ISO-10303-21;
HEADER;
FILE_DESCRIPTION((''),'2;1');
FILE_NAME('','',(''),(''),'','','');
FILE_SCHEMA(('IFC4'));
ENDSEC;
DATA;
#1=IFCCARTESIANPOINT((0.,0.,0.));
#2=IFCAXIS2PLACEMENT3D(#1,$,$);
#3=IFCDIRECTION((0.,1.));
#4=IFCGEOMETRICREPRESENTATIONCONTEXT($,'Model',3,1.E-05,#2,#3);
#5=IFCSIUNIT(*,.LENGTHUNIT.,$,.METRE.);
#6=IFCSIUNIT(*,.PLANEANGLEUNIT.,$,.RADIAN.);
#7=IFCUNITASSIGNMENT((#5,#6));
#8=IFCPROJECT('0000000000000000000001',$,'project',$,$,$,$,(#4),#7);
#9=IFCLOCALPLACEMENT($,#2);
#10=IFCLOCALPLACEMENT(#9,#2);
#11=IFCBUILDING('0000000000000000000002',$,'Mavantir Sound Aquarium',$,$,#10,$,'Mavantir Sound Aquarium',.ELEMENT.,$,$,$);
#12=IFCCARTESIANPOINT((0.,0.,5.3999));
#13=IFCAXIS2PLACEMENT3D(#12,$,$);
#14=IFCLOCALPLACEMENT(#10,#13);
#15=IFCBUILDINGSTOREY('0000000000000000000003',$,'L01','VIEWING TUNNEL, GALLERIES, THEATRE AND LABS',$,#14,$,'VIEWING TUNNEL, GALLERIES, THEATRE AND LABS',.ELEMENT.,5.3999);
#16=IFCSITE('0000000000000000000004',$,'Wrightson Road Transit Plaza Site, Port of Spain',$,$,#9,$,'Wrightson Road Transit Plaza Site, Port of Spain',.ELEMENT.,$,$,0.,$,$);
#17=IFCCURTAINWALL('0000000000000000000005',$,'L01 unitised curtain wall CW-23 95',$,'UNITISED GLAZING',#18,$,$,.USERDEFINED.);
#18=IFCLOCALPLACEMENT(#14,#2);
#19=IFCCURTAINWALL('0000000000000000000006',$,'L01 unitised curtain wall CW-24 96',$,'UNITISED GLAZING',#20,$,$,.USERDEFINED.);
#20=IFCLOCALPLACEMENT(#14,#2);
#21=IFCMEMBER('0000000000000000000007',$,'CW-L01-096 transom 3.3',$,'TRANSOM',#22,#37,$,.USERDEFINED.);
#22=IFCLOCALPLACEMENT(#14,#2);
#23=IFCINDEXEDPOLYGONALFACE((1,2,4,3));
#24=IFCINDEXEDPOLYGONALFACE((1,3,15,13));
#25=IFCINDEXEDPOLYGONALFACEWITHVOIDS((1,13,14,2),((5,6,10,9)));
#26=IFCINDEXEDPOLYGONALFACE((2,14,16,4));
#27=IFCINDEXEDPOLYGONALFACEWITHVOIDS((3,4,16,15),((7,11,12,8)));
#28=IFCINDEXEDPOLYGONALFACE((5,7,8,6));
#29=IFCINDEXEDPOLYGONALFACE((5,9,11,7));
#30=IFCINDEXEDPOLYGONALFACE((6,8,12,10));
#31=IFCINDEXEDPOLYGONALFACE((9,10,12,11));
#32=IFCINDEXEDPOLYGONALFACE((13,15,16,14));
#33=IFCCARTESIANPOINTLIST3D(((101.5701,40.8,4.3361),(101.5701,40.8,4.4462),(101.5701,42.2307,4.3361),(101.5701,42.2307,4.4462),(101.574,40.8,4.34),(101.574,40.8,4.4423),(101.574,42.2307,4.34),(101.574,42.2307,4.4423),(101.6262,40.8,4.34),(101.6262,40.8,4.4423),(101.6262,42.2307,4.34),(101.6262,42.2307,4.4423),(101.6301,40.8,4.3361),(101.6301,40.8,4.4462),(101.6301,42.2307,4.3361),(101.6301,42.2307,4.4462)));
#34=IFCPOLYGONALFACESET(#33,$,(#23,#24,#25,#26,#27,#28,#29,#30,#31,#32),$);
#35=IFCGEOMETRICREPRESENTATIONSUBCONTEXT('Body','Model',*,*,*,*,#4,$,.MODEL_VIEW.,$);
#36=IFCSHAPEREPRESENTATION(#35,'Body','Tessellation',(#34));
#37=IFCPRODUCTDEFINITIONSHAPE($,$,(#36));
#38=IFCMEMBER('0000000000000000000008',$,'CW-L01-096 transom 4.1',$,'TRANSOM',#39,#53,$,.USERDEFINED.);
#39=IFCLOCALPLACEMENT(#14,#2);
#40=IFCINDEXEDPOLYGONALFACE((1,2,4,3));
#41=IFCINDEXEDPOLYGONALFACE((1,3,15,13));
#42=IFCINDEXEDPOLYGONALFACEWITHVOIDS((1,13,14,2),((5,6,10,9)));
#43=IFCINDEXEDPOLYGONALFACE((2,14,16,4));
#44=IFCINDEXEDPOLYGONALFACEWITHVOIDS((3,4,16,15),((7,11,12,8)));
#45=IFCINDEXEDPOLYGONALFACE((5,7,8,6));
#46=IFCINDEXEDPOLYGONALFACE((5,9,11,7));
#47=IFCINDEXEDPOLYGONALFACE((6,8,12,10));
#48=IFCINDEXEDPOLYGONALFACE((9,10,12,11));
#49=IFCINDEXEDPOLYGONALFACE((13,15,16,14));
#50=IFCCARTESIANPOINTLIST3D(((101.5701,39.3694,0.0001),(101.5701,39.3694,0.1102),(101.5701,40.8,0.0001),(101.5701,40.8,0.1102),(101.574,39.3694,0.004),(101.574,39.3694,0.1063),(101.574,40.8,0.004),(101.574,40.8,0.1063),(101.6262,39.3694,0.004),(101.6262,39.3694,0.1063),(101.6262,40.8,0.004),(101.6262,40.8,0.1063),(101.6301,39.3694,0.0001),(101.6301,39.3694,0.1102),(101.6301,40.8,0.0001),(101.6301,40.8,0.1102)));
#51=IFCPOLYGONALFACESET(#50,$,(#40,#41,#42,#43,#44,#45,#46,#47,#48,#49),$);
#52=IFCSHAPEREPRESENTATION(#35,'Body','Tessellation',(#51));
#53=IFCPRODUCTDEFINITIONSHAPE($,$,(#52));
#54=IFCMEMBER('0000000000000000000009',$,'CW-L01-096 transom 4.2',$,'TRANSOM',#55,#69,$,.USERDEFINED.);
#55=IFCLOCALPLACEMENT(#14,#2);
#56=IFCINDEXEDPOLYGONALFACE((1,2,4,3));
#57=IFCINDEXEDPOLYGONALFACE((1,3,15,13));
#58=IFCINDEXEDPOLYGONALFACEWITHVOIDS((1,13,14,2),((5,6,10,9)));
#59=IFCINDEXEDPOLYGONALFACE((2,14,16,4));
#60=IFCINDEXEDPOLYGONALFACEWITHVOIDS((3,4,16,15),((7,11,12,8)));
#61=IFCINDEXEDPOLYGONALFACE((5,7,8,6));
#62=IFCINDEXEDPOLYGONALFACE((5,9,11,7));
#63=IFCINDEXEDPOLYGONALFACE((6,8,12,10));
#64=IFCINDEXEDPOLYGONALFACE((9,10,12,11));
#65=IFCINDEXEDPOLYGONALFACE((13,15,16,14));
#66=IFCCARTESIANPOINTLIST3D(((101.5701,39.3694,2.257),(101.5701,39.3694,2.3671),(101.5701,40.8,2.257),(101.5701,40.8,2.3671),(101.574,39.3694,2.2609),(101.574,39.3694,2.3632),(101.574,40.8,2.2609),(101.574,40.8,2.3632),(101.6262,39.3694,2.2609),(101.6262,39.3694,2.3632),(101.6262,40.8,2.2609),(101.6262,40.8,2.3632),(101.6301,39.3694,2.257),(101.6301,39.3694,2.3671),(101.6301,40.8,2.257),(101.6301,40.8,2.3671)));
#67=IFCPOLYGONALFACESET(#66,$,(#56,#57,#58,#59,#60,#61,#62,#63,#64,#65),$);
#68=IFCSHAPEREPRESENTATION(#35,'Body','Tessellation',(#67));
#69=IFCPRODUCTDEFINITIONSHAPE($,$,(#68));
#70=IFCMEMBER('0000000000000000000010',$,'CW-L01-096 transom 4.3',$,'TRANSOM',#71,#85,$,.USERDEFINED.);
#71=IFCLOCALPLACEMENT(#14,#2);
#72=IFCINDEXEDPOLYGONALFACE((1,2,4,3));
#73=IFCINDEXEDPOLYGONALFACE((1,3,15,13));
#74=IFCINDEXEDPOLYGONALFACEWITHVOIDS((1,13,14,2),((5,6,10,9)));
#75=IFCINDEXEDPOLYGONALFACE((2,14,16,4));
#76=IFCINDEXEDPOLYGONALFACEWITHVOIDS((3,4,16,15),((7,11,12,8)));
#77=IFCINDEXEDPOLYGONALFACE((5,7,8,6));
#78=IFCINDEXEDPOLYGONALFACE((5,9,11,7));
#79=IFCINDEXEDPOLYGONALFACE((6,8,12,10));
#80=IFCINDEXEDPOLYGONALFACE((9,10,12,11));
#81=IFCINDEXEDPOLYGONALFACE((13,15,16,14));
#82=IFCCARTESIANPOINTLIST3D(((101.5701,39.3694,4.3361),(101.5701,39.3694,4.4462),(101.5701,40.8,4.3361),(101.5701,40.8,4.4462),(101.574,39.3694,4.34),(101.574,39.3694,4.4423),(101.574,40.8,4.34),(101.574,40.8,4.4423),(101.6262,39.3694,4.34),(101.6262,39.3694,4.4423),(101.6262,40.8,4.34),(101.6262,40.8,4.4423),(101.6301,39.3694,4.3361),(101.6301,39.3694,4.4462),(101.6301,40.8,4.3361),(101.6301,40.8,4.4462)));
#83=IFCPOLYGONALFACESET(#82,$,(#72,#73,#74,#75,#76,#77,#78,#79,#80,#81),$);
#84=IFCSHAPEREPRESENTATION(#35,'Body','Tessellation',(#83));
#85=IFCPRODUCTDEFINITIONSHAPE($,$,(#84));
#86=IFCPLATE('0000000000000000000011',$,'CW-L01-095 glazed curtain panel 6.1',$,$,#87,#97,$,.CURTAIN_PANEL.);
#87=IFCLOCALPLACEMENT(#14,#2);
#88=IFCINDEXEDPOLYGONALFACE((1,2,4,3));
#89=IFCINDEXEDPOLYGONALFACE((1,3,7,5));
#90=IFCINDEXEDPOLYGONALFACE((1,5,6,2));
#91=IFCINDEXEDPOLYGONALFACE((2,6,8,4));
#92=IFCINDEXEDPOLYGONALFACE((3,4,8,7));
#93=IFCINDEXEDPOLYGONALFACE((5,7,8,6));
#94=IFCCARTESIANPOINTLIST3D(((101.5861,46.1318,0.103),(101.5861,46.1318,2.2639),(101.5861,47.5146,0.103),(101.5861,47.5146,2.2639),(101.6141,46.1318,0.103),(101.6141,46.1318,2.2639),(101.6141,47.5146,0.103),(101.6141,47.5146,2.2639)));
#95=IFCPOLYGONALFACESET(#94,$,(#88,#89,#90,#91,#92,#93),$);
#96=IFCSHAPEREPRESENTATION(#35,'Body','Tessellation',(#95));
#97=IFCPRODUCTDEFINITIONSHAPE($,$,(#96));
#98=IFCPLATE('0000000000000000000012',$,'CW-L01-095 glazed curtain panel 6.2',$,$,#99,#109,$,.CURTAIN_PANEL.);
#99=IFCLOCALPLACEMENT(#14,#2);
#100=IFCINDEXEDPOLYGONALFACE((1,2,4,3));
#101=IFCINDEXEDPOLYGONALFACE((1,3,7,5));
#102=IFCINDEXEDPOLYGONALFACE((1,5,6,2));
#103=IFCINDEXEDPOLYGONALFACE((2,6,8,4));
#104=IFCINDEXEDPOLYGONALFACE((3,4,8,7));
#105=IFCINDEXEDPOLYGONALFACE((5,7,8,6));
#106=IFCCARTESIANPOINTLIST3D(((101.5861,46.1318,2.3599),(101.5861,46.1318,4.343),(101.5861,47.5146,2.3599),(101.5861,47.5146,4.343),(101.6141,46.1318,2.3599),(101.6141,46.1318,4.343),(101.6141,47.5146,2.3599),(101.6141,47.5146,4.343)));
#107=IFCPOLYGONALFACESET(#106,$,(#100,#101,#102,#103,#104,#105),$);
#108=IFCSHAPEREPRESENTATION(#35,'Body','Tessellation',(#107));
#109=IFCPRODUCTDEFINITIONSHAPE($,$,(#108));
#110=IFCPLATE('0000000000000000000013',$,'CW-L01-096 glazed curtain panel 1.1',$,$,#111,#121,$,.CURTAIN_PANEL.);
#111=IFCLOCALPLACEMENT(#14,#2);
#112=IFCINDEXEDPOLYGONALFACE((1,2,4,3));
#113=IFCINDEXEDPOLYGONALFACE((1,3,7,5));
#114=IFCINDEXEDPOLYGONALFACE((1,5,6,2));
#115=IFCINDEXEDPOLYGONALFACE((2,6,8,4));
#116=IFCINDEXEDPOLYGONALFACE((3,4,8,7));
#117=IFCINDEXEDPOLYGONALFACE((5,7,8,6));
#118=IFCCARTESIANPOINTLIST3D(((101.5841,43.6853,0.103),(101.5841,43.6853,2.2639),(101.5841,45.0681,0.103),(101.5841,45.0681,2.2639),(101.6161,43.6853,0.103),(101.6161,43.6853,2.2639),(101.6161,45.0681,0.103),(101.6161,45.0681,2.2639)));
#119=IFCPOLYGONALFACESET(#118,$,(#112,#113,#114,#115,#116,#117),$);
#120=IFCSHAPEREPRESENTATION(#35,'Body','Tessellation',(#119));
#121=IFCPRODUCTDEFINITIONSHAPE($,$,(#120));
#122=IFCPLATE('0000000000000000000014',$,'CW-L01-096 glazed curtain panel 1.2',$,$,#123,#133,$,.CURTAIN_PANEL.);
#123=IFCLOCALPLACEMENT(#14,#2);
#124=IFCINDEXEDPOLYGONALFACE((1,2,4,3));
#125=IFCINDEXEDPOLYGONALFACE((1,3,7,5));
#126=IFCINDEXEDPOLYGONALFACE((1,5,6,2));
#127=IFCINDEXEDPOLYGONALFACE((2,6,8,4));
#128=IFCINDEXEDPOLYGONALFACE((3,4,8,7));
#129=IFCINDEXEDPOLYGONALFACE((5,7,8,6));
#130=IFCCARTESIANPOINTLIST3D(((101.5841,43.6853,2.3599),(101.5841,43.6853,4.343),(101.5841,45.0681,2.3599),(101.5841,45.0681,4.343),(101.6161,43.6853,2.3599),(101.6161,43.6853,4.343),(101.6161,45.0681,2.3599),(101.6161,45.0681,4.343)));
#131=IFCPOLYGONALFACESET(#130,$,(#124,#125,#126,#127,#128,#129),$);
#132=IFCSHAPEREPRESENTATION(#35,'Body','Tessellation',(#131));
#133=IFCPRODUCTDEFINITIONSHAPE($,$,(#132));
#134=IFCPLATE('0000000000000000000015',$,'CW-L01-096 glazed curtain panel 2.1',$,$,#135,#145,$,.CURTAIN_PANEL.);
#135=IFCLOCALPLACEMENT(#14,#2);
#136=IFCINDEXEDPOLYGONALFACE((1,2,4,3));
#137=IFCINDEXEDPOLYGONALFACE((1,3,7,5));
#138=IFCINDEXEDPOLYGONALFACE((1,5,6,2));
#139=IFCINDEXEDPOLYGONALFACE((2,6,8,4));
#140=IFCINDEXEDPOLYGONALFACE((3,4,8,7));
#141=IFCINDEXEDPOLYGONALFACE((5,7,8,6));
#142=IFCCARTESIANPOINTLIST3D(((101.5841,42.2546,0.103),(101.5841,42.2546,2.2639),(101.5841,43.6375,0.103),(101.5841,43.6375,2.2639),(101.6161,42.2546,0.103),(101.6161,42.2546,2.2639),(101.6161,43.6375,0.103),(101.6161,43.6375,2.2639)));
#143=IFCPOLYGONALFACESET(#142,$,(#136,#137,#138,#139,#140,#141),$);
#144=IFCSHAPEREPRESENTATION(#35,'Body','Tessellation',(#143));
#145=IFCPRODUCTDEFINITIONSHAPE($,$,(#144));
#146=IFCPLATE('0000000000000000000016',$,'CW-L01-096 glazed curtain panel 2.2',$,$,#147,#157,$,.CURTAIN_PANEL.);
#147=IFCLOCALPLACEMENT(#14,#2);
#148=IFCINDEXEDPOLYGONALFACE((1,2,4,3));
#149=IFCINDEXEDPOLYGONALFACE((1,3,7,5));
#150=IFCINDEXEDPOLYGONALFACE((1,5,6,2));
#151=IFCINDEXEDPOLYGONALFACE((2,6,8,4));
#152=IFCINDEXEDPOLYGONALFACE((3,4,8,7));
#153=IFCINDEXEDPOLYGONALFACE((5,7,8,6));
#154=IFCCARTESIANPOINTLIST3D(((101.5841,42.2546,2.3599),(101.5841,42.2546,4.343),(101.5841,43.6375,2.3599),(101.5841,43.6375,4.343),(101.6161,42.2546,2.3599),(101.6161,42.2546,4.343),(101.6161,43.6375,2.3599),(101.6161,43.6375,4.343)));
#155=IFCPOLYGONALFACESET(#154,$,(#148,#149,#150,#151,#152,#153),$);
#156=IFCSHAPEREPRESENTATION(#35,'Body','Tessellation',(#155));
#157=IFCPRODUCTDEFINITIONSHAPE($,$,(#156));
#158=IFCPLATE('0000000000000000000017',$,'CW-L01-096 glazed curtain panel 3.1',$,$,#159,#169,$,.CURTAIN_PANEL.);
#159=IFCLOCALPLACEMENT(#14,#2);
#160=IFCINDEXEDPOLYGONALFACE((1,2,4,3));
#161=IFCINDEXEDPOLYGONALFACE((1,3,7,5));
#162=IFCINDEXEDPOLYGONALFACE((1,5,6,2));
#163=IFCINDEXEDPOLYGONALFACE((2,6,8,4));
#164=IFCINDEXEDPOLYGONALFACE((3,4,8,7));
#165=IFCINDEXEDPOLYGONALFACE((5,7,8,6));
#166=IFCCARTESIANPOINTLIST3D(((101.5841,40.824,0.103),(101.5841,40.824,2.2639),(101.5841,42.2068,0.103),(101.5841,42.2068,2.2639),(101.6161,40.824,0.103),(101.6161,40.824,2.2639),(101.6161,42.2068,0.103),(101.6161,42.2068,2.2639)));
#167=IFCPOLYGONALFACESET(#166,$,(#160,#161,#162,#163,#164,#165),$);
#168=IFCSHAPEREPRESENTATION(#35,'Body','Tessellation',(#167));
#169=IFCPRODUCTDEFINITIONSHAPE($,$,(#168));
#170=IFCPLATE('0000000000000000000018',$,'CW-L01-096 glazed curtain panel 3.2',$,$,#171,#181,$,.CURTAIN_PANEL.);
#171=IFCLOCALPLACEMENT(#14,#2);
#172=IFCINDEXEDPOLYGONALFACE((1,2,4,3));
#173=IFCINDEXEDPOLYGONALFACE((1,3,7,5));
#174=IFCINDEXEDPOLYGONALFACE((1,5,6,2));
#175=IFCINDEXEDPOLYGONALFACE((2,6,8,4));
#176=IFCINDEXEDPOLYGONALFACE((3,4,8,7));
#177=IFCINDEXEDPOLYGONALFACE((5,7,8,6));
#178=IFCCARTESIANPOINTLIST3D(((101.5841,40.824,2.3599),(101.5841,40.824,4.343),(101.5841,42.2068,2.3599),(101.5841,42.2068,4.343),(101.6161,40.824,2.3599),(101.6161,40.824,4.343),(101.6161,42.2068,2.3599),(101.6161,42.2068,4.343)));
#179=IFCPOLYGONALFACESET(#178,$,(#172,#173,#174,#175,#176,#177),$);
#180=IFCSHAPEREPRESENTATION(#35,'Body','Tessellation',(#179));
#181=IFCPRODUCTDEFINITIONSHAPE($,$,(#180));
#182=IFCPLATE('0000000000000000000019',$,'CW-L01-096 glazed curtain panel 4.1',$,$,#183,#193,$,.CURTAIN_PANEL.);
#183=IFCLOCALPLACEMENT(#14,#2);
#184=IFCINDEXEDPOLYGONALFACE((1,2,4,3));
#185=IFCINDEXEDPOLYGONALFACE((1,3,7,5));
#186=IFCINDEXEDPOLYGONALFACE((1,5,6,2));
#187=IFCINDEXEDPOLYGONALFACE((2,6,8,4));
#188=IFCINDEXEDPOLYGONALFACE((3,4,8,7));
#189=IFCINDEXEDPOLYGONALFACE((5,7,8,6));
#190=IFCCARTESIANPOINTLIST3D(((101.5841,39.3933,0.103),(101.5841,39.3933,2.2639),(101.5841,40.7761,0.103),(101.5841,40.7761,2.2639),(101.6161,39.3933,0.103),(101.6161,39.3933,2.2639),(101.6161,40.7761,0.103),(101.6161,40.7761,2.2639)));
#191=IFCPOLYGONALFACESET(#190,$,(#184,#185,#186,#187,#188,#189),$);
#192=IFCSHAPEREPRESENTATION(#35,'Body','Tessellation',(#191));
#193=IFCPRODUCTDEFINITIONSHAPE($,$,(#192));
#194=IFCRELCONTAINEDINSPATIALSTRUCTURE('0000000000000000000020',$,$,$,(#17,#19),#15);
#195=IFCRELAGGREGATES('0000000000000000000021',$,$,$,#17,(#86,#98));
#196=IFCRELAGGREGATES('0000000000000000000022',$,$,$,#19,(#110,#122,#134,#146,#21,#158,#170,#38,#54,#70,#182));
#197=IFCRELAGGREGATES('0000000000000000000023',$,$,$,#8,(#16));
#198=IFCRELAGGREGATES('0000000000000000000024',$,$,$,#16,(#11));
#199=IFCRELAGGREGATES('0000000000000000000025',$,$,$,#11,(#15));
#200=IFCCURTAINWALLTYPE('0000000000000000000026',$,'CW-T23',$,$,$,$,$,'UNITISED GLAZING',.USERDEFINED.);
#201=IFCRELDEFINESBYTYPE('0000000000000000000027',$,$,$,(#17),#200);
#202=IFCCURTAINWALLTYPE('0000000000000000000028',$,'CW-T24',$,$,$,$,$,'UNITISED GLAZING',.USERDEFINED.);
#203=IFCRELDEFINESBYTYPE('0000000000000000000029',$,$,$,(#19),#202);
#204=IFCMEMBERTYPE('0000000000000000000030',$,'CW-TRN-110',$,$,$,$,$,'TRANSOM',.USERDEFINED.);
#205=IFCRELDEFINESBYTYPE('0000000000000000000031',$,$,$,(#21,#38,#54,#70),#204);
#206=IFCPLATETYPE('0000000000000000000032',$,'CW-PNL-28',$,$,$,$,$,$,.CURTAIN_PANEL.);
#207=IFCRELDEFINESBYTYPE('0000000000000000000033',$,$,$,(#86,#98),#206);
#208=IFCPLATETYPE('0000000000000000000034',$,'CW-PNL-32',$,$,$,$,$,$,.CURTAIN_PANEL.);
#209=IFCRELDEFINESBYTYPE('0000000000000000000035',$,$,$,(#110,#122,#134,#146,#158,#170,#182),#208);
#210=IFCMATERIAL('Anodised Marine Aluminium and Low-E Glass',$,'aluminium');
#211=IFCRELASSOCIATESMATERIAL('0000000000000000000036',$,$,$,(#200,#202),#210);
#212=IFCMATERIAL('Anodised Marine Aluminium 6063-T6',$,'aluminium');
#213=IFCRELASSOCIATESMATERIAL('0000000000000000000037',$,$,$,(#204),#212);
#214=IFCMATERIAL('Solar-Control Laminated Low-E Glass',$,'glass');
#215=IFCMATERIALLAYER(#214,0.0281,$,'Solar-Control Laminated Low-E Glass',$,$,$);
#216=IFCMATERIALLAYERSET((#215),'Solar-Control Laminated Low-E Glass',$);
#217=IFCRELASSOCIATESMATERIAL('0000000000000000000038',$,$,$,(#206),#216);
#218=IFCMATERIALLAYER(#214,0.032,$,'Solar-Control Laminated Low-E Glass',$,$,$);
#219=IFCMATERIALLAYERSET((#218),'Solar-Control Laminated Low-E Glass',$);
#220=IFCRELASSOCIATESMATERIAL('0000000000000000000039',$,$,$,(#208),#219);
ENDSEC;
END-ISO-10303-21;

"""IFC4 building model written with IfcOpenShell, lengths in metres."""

from ifc_helpers import new_model, si_unit, direction, frame, origin, origin_2d, place, context, subcontext, project, spatial, rectangle, hollow_rectangle, extrude, material, layer, layer_set, material_profile, profile_set, type_object, element, aggregate, save


model = new_model("IFC4")

# Units and contexts
model_context = context("Model", 3, precision=1e-05, world=origin(), true_north=direction((0.0, 1.0)))
body_context = subcontext(model_context, "Body", "Model", "MODEL_VIEW")
ifc_project = project(units=[si_unit("LENGTHUNIT", "METRE"), si_unit("PLANEANGLEUNIT", "RADIAN")], contexts=[model_context])

# Site, building, storey
site_placement = place(None, origin())
site = spatial("IfcSite", under=ifc_project, at=site_placement, Name="Wrightson Road Transit Plaza Site, Port of Spain", LongName="Wrightson Road Transit Plaza Site, Port of Spain", CompositionType="ELEMENT", RefElevation=0.0)
building_placement = place(site_placement, origin())
building = spatial("IfcBuilding", under=site, at=building_placement, Name="Mavantir Sound Aquarium", LongName="Mavantir Sound Aquarium", CompositionType="ELEMENT")
storey_placement = place(building_placement, frame((0.0, 0.0, 5.3999)))
storey = spatial("IfcBuildingStorey", under=building, at=storey_placement, Name="L01", Description="VIEWING TUNNEL, GALLERIES, THEATRE AND LABS", LongName="VIEWING TUNNEL, GALLERIES, THEATRE AND LABS", CompositionType="ELEMENT", Elevation=5.3999)

# Curtain wall
ifc_material_1 = material(Name="Anodised Marine Aluminium and Low-E Glass", Category="aluminium")
curtain_wall_type_1 = type_object("IfcCurtainWallType", Name="CW-T23", ElementType="UNITISED GLAZING", PredefinedType="USERDEFINED", material=ifc_material_1)
curtain_wall_1_placement = place(storey_placement, origin())
curtain_wall_1 = element("IfcCurtainWall", 1, at=curtain_wall_1_placement, inside=storey, type_object=curtain_wall_type_1, Name="L01 unitised curtain wall CW-23 95", ObjectType="UNITISED GLAZING", PredefinedType="USERDEFINED")
ifc_material_2 = material(Name="Anodised Marine Aluminium 6063-T6", Category="aluminium")

# Curtain wall, members
curtain_wall_type_2 = type_object("IfcCurtainWallType", Name="CW-T24", ElementType="UNITISED GLAZING", PredefinedType="USERDEFINED", material=ifc_material_1)
curtain_wall_2_placement = place(storey_placement, origin())
curtain_wall_2 = element("IfcCurtainWall", 2, at=curtain_wall_2_placement, inside=storey, type_object=curtain_wall_type_2, Name="L01 unitised curtain wall CW-24 96", ObjectType="UNITISED GLAZING", PredefinedType="USERDEFINED")
ifc_material_profile_1 = material_profile(ifc_material_2, hollow_rectangle(XDim=0.0601, YDim=0.1101, WallThickness=0.0039, at=origin_2d()), Name="ALU-TRANSOM-110X60")
ifc_profile_set_1 = profile_set([ifc_material_profile_1], Name="Anodised Marine Aluminium 6063-T6")
member_type_1 = type_object("IfcMemberType", Name="CW-TRN-110", ElementType="TRANSOM", PredefinedType="USERDEFINED", material=ifc_profile_set_1)
member_1_placement = place(storey_placement, frame((101.6001, 42.2307, 4.3911), z_axis=(0.0, -1.0, 0.0), x_axis=(1.0, 0.0, 0.0)))
member_1 = element("IfcMember", 3, at=member_1_placement, type_object=member_type_1, Name="CW-L01-096 transom 3.3", ObjectType="TRANSOM", PredefinedType="USERDEFINED", context=body_context, shape_type="SweptSolid", body=[
    extrude(hollow_rectangle(XDim=0.0601, YDim=0.1101, WallThickness=0.0039, at=origin_2d()), origin(), (0.0, 0.0, 1.0), 1.4307),
])
member_2_placement = place(storey_placement, frame((101.6001, 40.8, 0.0552), z_axis=(0.0, -1.0, 0.0), x_axis=(1.0, 0.0, 0.0)))
member_2 = element("IfcMember", 4, at=member_2_placement, type_object=member_type_1, Name="CW-L01-096 transom 4.1", ObjectType="TRANSOM", PredefinedType="USERDEFINED", context=body_context, shape_type="SweptSolid", body=[
    extrude(hollow_rectangle(XDim=0.0601, YDim=0.1101, WallThickness=0.0039, at=origin_2d()), origin(), (0.0, 0.0, 1.0), 1.4307),
])
member_3_placement = place(storey_placement, frame((101.6001, 40.8, 2.312), z_axis=(0.0, -1.0, 0.0), x_axis=(1.0, 0.0, 0.0)))
member_3 = element("IfcMember", 5, at=member_3_placement, type_object=member_type_1, Name="CW-L01-096 transom 4.2", ObjectType="TRANSOM", PredefinedType="USERDEFINED", context=body_context, shape_type="SweptSolid", body=[
    extrude(hollow_rectangle(XDim=0.0601, YDim=0.1101, WallThickness=0.0039, at=origin_2d()), origin(), (0.0, 0.0, 1.0), 1.4307),
])
member_4_placement = place(storey_placement, frame((101.6001, 40.8, 4.3911), z_axis=(0.0, -1.0, 0.0), x_axis=(1.0, 0.0, 0.0)))
member_4 = element("IfcMember", 6, at=member_4_placement, type_object=member_type_1, Name="CW-L01-096 transom 4.3", ObjectType="TRANSOM", PredefinedType="USERDEFINED", context=body_context, shape_type="SweptSolid", body=[
    extrude(hollow_rectangle(XDim=0.0601, YDim=0.1101, WallThickness=0.0039, at=origin_2d()), origin(), (0.0, 0.0, 1.0), 1.4307),
])

# Plates
ifc_material_3 = material(Name="Solar-Control Laminated Low-E Glass", Category="glass")
ifc_layer_1 = layer(ifc_material_3, 0.0281, Name="Solar-Control Laminated Low-E Glass")
ifc_layer_set_1 = layer_set([ifc_layer_1], Name="Solar-Control Laminated Low-E Glass")
plate_type_1 = type_object("IfcPlateType", Name="CW-PNL-28", PredefinedType="CURTAIN_PANEL", material=ifc_layer_set_1)
plate_1_placement = place(storey_placement, frame((101.6001, 46.8232, 0.103), z_axis=(0.0, 0.0, 1.0), x_axis=(0.0, -1.0, 0.0)))
plate_1 = element("IfcPlate", 7, at=plate_1_placement, type_object=plate_type_1, Name="CW-L01-095 glazed curtain panel 6.1", PredefinedType="CURTAIN_PANEL", context=body_context, shape_type="SweptSolid", body=[
    extrude(rectangle(XDim=1.3828, YDim=0.0281, at=origin_2d()), origin(), (0.0, 0.0, 1.0), 2.1609),
])
plate_2_placement = place(storey_placement, frame((101.6001, 46.8232, 2.3599), z_axis=(0.0, 0.0, 1.0), x_axis=(0.0, -1.0, 0.0)))
plate_2 = element("IfcPlate", 8, at=plate_2_placement, type_object=plate_type_1, Name="CW-L01-095 glazed curtain panel 6.2", PredefinedType="CURTAIN_PANEL", context=body_context, shape_type="SweptSolid", body=[
    extrude(rectangle(XDim=1.3828, YDim=0.0281, at=origin_2d()), origin(), (0.0, 0.0, 1.0), 1.9832),
])
aggregate(curtain_wall_1, [plate_1, plate_2])
ifc_layer_2 = layer(ifc_material_3, 0.032, Name="Solar-Control Laminated Low-E Glass")
ifc_layer_set_2 = layer_set([ifc_layer_2], Name="Solar-Control Laminated Low-E Glass")
plate_type_2 = type_object("IfcPlateType", Name="CW-PNL-32", PredefinedType="CURTAIN_PANEL", material=ifc_layer_set_2)
plate_3_placement = place(storey_placement, frame((101.6001, 44.3767, 0.103), z_axis=(0.0, 0.0, 1.0), x_axis=(0.0, -1.0, 0.0)))
plate_3 = element("IfcPlate", 9, at=plate_3_placement, type_object=plate_type_2, Name="CW-L01-096 glazed curtain panel 1.1", PredefinedType="CURTAIN_PANEL", context=body_context, shape_type="SweptSolid", body=[
    extrude(rectangle(XDim=1.3828, YDim=0.032, at=origin_2d()), origin(), (0.0, 0.0, 1.0), 2.1609),
])
plate_4_placement = place(storey_placement, frame((101.6001, 44.3767, 2.3599), z_axis=(0.0, 0.0, 1.0), x_axis=(0.0, -1.0, 0.0)))
plate_4 = element("IfcPlate", 10, at=plate_4_placement, type_object=plate_type_2, Name="CW-L01-096 glazed curtain panel 1.2", PredefinedType="CURTAIN_PANEL", context=body_context, shape_type="SweptSolid", body=[
    extrude(rectangle(XDim=1.3828, YDim=0.032, at=origin_2d()), origin(), (0.0, 0.0, 1.0), 1.9832),
])
plate_5_placement = place(storey_placement, frame((101.6001, 42.946, 0.103), z_axis=(0.0, 0.0, 1.0), x_axis=(0.0, -1.0, 0.0)))
plate_5 = element("IfcPlate", 11, at=plate_5_placement, type_object=plate_type_2, Name="CW-L01-096 glazed curtain panel 2.1", PredefinedType="CURTAIN_PANEL", context=body_context, shape_type="SweptSolid", body=[
    extrude(rectangle(XDim=1.3828, YDim=0.032, at=origin_2d()), origin(), (0.0, 0.0, 1.0), 2.1609),
])
plate_6_placement = place(storey_placement, frame((101.6001, 42.946, 2.3599), z_axis=(0.0, 0.0, 1.0), x_axis=(0.0, -1.0, 0.0)))
plate_6 = element("IfcPlate", 12, at=plate_6_placement, type_object=plate_type_2, Name="CW-L01-096 glazed curtain panel 2.2", PredefinedType="CURTAIN_PANEL", context=body_context, shape_type="SweptSolid", body=[
    extrude(rectangle(XDim=1.3828, YDim=0.032, at=origin_2d()), origin(), (0.0, 0.0, 1.0), 1.9832),
])
plate_7_placement = place(storey_placement, frame((101.6001, 41.5154, 0.103), z_axis=(0.0, 0.0, 1.0), x_axis=(0.0, -1.0, 0.0)))
plate_7 = element("IfcPlate", 13, at=plate_7_placement, type_object=plate_type_2, Name="CW-L01-096 glazed curtain panel 3.1", PredefinedType="CURTAIN_PANEL", context=body_context, shape_type="SweptSolid", body=[
    extrude(rectangle(XDim=1.3828, YDim=0.032, at=origin_2d()), origin(), (0.0, 0.0, 1.0), 2.1609),
])
plate_8_placement = place(storey_placement, frame((101.6001, 41.5154, 2.3599), z_axis=(0.0, 0.0, 1.0), x_axis=(0.0, -1.0, 0.0)))
plate_8 = element("IfcPlate", 14, at=plate_8_placement, type_object=plate_type_2, Name="CW-L01-096 glazed curtain panel 3.2", PredefinedType="CURTAIN_PANEL", context=body_context, shape_type="SweptSolid", body=[
    extrude(rectangle(XDim=1.3828, YDim=0.032, at=origin_2d()), origin(), (0.0, 0.0, 1.0), 1.9832),
])
plate_9_placement = place(storey_placement, frame((101.6001, 40.0847, 0.103), z_axis=(0.0, 0.0, 1.0), x_axis=(0.0, -1.0, 0.0)))
plate_9 = element("IfcPlate", 15, at=plate_9_placement, type_object=plate_type_2, Name="CW-L01-096 glazed curtain panel 4.1", PredefinedType="CURTAIN_PANEL", context=body_context, shape_type="SweptSolid", body=[
    extrude(rectangle(XDim=1.3828, YDim=0.032, at=origin_2d()), origin(), (0.0, 0.0, 1.0), 2.1609),
])
aggregate(curtain_wall_2, [plate_3, plate_4, plate_5, plate_6, member_1, plate_7, plate_8, member_2, member_3, member_4, plate_9])

save(model, "model.ifc")
